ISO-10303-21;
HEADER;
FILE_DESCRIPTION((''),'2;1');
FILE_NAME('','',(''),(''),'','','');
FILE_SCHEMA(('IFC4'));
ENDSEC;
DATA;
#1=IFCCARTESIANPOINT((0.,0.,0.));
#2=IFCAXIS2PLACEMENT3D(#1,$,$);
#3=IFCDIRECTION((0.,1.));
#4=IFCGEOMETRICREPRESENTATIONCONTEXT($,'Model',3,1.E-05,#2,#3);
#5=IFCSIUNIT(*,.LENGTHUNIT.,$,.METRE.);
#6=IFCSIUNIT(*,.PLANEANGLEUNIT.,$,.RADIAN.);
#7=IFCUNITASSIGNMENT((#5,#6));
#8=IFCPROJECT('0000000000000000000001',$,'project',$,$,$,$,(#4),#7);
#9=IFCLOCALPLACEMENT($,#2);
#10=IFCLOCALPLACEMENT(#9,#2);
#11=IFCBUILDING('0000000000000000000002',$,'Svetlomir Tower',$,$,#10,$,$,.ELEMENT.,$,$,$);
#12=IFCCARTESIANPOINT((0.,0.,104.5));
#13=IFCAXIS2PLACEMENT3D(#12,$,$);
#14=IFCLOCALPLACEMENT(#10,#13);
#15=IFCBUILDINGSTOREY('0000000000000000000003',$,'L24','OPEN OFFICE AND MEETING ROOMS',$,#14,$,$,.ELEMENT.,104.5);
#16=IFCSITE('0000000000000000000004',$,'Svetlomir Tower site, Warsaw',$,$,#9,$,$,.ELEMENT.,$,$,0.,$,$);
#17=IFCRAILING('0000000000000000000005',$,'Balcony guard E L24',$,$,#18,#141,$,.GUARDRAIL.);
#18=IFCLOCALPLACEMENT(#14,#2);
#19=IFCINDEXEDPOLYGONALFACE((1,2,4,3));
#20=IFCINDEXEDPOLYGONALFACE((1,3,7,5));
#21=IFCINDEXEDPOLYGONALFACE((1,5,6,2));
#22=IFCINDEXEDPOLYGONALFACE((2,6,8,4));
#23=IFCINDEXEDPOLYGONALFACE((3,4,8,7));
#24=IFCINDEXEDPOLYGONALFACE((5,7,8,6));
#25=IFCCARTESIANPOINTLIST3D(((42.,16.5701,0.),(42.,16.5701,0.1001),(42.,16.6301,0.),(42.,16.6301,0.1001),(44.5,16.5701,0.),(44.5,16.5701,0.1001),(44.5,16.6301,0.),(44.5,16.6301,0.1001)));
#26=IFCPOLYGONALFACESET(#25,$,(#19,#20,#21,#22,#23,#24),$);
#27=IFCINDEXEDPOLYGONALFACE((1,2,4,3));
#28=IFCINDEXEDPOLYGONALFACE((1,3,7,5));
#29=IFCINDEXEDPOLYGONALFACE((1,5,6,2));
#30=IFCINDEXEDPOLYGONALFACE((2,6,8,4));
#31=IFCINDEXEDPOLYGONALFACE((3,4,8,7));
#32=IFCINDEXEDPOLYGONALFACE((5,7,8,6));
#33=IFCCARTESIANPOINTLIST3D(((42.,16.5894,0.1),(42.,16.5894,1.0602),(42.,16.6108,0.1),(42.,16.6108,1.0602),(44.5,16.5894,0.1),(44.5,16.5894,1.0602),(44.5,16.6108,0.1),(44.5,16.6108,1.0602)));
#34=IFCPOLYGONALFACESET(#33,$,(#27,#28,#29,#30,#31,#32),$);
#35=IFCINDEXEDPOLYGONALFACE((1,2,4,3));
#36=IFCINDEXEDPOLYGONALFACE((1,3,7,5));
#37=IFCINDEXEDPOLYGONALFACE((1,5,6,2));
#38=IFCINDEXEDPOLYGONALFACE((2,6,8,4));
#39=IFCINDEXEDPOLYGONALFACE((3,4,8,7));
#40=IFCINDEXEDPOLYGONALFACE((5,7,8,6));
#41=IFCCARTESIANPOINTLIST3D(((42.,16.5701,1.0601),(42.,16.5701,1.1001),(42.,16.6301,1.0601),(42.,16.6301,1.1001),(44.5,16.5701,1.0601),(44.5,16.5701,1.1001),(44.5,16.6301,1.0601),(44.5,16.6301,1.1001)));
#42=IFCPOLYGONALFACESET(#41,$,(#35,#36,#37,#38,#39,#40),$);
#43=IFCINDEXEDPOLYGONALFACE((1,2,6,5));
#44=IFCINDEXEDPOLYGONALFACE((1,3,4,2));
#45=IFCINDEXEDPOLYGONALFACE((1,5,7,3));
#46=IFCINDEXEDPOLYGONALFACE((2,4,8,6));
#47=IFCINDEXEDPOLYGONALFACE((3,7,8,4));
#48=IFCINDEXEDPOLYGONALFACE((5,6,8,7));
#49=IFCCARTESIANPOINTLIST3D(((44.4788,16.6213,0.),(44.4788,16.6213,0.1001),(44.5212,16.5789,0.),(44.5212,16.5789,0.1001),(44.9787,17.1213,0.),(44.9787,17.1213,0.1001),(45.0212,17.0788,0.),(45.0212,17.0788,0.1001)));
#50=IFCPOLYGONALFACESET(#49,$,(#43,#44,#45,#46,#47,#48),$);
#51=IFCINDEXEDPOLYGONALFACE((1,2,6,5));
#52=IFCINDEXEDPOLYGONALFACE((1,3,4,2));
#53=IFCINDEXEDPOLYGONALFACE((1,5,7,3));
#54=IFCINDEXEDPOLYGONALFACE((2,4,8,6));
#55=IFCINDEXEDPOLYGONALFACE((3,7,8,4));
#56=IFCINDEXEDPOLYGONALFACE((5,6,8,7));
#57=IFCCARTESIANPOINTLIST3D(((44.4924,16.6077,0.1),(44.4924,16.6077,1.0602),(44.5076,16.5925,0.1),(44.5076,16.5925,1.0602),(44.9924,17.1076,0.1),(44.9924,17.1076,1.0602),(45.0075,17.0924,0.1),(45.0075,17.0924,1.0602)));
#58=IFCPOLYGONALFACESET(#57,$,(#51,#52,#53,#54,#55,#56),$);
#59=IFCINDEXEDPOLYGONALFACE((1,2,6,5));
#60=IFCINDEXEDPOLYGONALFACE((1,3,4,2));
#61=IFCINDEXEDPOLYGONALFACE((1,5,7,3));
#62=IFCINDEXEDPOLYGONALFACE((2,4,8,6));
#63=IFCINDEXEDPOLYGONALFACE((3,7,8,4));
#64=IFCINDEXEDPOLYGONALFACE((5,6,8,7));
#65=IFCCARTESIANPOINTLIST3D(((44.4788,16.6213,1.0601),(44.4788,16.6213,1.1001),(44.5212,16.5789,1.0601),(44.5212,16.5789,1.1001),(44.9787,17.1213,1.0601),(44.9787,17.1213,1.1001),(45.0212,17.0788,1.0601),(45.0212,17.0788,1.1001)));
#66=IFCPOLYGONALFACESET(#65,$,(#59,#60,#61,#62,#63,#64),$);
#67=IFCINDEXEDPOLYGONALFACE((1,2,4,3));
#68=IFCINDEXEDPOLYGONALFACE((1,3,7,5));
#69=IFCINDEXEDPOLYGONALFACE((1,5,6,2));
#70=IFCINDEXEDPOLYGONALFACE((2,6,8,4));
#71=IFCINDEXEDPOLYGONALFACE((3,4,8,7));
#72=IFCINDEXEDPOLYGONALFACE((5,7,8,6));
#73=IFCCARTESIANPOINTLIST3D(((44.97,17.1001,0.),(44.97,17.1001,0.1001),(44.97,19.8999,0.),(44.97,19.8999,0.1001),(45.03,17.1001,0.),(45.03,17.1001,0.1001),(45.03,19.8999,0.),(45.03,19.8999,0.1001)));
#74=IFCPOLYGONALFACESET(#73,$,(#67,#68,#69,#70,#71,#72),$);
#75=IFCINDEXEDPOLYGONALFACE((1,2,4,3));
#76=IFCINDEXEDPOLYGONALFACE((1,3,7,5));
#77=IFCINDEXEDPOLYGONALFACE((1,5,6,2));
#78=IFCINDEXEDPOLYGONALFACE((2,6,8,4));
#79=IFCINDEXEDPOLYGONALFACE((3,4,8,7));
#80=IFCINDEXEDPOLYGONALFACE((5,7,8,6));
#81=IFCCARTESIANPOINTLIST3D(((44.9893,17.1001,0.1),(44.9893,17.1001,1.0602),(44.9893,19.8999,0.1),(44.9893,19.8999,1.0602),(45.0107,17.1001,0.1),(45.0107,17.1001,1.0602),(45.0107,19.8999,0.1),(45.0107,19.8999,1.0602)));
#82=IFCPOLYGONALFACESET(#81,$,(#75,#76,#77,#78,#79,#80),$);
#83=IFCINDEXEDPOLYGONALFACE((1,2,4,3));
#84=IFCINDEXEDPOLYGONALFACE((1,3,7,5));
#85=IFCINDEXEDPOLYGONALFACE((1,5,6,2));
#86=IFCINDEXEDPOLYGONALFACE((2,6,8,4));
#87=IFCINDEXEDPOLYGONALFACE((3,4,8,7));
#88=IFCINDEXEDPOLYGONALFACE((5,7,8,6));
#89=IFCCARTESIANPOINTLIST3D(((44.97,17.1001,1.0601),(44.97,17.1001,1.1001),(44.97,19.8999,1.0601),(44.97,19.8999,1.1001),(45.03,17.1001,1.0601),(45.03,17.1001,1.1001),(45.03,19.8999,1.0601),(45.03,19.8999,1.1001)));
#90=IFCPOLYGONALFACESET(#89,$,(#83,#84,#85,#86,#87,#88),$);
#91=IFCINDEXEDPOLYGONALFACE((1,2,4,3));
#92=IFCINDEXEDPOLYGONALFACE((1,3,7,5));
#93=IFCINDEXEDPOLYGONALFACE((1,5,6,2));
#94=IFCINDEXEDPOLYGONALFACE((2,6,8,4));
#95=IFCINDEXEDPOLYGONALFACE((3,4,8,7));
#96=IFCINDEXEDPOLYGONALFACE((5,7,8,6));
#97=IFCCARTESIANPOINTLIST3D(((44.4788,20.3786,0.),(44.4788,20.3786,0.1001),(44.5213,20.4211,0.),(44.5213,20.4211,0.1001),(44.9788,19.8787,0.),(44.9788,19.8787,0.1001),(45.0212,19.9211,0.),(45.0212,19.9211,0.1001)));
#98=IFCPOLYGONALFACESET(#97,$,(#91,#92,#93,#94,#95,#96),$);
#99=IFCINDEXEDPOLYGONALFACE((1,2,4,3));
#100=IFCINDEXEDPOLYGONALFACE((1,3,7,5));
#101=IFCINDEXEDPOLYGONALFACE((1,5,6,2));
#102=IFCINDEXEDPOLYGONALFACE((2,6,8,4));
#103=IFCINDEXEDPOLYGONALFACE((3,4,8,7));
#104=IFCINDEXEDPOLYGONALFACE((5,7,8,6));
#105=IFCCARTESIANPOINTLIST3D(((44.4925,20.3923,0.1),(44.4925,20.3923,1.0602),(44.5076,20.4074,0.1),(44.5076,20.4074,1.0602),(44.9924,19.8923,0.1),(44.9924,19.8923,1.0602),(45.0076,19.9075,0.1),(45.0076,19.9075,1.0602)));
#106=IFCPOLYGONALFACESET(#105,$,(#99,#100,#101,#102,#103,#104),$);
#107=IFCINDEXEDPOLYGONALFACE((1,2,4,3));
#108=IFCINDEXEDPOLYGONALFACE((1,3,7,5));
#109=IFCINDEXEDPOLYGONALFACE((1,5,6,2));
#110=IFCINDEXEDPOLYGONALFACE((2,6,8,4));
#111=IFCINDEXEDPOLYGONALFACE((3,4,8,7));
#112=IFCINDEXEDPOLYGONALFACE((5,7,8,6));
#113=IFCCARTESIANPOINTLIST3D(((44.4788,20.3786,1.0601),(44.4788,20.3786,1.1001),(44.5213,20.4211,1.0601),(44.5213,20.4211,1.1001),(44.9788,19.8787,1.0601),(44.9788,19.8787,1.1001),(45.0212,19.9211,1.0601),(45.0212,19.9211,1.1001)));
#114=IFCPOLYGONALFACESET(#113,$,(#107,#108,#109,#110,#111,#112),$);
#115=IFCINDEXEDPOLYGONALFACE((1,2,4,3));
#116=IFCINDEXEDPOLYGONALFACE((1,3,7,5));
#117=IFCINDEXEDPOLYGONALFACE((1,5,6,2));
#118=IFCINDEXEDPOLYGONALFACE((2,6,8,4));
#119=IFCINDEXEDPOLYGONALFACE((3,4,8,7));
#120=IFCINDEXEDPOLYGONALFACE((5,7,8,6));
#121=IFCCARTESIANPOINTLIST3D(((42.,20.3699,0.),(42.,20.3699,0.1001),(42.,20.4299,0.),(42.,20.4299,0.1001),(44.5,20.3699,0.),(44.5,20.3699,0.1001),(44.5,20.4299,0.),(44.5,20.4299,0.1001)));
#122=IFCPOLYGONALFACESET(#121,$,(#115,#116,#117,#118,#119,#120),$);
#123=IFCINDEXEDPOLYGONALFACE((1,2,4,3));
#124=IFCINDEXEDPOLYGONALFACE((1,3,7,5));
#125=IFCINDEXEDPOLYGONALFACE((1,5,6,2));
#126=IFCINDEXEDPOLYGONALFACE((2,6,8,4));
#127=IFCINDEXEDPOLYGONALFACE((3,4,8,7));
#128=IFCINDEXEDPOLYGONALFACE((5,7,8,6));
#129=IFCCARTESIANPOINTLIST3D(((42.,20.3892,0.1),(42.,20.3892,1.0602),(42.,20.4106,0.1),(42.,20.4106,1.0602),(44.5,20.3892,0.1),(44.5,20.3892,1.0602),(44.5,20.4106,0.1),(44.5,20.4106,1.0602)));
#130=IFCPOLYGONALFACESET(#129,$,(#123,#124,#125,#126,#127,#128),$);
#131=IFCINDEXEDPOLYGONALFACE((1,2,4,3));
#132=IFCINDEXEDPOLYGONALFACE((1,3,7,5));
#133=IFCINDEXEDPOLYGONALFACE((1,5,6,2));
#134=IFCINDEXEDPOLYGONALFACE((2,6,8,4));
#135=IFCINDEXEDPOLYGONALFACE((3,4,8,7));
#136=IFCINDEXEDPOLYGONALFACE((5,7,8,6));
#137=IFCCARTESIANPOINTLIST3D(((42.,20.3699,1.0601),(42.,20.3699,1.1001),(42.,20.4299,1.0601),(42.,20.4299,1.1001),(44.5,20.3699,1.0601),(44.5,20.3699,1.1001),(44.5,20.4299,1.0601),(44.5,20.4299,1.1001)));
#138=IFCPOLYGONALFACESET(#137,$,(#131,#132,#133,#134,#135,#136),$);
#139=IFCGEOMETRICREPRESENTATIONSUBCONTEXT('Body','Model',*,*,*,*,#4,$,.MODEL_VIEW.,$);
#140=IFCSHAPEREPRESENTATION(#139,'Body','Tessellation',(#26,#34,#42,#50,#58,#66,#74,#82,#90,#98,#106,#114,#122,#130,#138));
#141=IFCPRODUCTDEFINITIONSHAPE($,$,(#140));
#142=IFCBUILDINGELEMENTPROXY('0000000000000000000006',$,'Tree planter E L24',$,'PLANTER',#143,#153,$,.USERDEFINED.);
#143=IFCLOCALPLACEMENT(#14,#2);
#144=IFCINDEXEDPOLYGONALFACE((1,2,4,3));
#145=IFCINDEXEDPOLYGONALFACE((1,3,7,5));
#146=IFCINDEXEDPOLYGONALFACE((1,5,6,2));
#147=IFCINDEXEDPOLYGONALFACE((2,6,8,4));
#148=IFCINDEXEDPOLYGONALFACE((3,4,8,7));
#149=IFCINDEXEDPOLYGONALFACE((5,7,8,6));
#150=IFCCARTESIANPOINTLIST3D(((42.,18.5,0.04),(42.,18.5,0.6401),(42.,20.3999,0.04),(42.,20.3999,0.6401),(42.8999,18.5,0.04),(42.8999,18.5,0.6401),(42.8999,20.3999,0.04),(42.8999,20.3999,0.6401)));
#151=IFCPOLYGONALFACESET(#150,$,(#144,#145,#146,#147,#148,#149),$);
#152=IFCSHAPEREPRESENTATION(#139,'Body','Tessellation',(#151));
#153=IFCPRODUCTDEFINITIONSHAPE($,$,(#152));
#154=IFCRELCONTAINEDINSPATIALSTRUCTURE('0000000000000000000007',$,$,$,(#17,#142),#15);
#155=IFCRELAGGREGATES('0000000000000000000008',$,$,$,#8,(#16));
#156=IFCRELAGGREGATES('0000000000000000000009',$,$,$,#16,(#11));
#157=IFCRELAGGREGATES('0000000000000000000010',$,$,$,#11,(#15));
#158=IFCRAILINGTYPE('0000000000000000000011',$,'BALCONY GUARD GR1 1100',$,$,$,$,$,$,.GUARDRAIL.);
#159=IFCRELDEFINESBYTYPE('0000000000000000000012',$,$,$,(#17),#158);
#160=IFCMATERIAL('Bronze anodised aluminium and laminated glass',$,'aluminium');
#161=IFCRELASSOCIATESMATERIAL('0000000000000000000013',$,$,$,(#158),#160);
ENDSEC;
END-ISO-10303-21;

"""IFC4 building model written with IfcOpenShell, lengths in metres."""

from ifc_helpers import new_model, si_unit, direction, frame, origin, origin_2d, place, context, subcontext, project, spatial, rectangle, extrude, material, type_object, element, save


model = new_model("IFC4")

# Units and contexts
model_context = context("Model", 3, precision=1e-05, world=origin(), true_north=direction((0.0, 1.0)))
body_context = subcontext(model_context, "Body", "Model", "MODEL_VIEW")
ifc_project = project(units=[si_unit("LENGTHUNIT", "METRE"), si_unit("PLANEANGLEUNIT", "RADIAN")], contexts=[model_context])

# Site, building, storey
site_placement = place(None, origin())
site = spatial("IfcSite", under=ifc_project, at=site_placement, Name="Svetlomir Tower site, Warsaw", CompositionType="ELEMENT", RefElevation=0.0)
building_placement = place(site_placement, origin())
building = spatial("IfcBuilding", under=site, at=building_placement, Name="Svetlomir Tower", CompositionType="ELEMENT")
storey_placement = place(building_placement, frame((0.0, 0.0, 104.5)))
storey = spatial("IfcBuildingStorey", under=building, at=storey_placement, Name="L24", Description="OPEN OFFICE AND MEETING ROOMS", CompositionType="ELEMENT", Elevation=104.5)

# Railing
ifc_material_1 = material(Name="Bronze anodised aluminium and laminated glass", Category="aluminium")
railing_type = type_object("IfcRailingType", Name="BALCONY GUARD GR1 1100", PredefinedType="GUARDRAIL", material=ifc_material_1)
railing_placement = place(storey_placement, frame((42.0, 16.6001, 0.0)))
element("IfcRailing", 1, at=railing_placement, inside=storey, type_object=railing_type, Name="Balcony guard E L24", PredefinedType="GUARDRAIL", context=body_context, shape_type="SweptSolid", body=[
    extrude(rectangle(XDim=0.0601, YDim=0.1001, at=origin_2d()), frame((0.0, 0.0, 0.05), z_axis=(1.0, 0.0, 0.0), x_axis=(0.0, 1.0, 0.0)), (0.0, 0.0, 1.0), 2.5),
    extrude(rectangle(XDim=0.0215, YDim=0.9602, at=origin_2d()), frame((0.0, 0.0, 0.5801), z_axis=(1.0, 0.0, 0.0), x_axis=(0.0, 1.0, 0.0)), (0.0, 0.0, 1.0), 2.5),
    extrude(rectangle(XDim=0.0601, YDim=0.04, at=origin_2d()), frame((0.0, 0.0, 1.0801), z_axis=(1.0, 0.0, 0.0), x_axis=(0.0, 1.0, 0.0)), (0.0, 0.0, 1.0), 2.5),
    extrude(rectangle(XDim=0.0601, YDim=0.1001, at=origin_2d()), frame((2.5, 0.0, 0.05), z_axis=(0.707107, 0.707107, 0.0), x_axis=(-0.707107, 0.707107, 0.0)), (0.0, 0.0, 1.0), 0.707),
    extrude(rectangle(XDim=0.0215, YDim=0.9602, at=origin_2d()), frame((2.5, 0.0, 0.5801), z_axis=(0.707107, 0.707107, 0.0), x_axis=(-0.707107, 0.707107, 0.0)), (0.0, 0.0, 1.0), 0.707),
    extrude(rectangle(XDim=0.0601, YDim=0.04, at=origin_2d()), frame((2.5, 0.0, 1.0801), z_axis=(0.707107, 0.707107, 0.0), x_axis=(-0.707107, 0.707107, 0.0)), (0.0, 0.0, 1.0), 0.707),
    extrude(rectangle(XDim=0.0601, YDim=0.1001, at=origin_2d()), frame((3.0, 0.5, 0.05), z_axis=(0.0, 1.0, 0.0), x_axis=(-1.0, 0.0, 0.0)), (0.0, 0.0, 1.0), 2.7998),
    extrude(rectangle(XDim=0.0215, YDim=0.9602, at=origin_2d()), frame((3.0, 0.5, 0.5801), z_axis=(0.0, 1.0, 0.0), x_axis=(-1.0, 0.0, 0.0)), (0.0, 0.0, 1.0), 2.7998),
    extrude(rectangle(XDim=0.0601, YDim=0.04, at=origin_2d()), frame((3.0, 0.5, 1.0801), z_axis=(0.0, 1.0, 0.0), x_axis=(-1.0, 0.0, 0.0)), (0.0, 0.0, 1.0), 2.7998),
    extrude(rectangle(XDim=0.0601, YDim=0.1001, at=origin_2d()), frame((3.0, 3.2998, 0.05), z_axis=(-0.707107, 0.707107, 0.0), x_axis=(-0.707107, -0.707107, 0.0)), (0.0, 0.0, 1.0), 0.707),
    extrude(rectangle(XDim=0.0215, YDim=0.9602, at=origin_2d()), frame((3.0, 3.2998, 0.5801), z_axis=(-0.707107, 0.707107, 0.0), x_axis=(-0.707107, -0.707107, 0.0)), (0.0, 0.0, 1.0), 0.707),
    extrude(rectangle(XDim=0.0601, YDim=0.04, at=origin_2d()), frame((3.0, 3.2998, 1.0801), z_axis=(-0.707107, 0.707107, 0.0), x_axis=(-0.707107, -0.707107, 0.0)), (0.0, 0.0, 1.0), 0.707),
    extrude(rectangle(XDim=0.0601, YDim=0.1001, at=origin_2d()), frame((2.5, 3.7998, 0.05), z_axis=(-1.0, 0.0, 0.0), x_axis=(0.0, -1.0, 0.0)), (0.0, 0.0, 1.0), 2.5),
    extrude(rectangle(XDim=0.0215, YDim=0.9602, at=origin_2d()), frame((2.5, 3.7998, 0.5801), z_axis=(-1.0, 0.0, 0.0), x_axis=(0.0, -1.0, 0.0)), (0.0, 0.0, 1.0), 2.5),
    extrude(rectangle(XDim=0.0601, YDim=0.04, at=origin_2d()), frame((2.5, 3.7998, 1.0801), z_axis=(-1.0, 0.0, 0.0), x_axis=(0.0, -1.0, 0.0)), (0.0, 0.0, 1.0), 2.5),
])

# Building element proxy
proxy_placement = place(storey_placement, frame((42.45, 19.45, 0.04), z_axis=(0.0, 0.0, 1.0), x_axis=(1.0, 0.0, 0.0)))
element("IfcBuildingElementProxy", 2, at=proxy_placement, inside=storey, Name="Tree planter E L24", ObjectType="PLANTER", PredefinedType="USERDEFINED", context=body_context, shape_type="SweptSolid", body=[
    extrude(rectangle(XDim=0.8999, YDim=1.8999, at=origin_2d()), origin(), (0.0, 0.0, 1.0), 0.6001),
])

save(model, "model.ifc")
